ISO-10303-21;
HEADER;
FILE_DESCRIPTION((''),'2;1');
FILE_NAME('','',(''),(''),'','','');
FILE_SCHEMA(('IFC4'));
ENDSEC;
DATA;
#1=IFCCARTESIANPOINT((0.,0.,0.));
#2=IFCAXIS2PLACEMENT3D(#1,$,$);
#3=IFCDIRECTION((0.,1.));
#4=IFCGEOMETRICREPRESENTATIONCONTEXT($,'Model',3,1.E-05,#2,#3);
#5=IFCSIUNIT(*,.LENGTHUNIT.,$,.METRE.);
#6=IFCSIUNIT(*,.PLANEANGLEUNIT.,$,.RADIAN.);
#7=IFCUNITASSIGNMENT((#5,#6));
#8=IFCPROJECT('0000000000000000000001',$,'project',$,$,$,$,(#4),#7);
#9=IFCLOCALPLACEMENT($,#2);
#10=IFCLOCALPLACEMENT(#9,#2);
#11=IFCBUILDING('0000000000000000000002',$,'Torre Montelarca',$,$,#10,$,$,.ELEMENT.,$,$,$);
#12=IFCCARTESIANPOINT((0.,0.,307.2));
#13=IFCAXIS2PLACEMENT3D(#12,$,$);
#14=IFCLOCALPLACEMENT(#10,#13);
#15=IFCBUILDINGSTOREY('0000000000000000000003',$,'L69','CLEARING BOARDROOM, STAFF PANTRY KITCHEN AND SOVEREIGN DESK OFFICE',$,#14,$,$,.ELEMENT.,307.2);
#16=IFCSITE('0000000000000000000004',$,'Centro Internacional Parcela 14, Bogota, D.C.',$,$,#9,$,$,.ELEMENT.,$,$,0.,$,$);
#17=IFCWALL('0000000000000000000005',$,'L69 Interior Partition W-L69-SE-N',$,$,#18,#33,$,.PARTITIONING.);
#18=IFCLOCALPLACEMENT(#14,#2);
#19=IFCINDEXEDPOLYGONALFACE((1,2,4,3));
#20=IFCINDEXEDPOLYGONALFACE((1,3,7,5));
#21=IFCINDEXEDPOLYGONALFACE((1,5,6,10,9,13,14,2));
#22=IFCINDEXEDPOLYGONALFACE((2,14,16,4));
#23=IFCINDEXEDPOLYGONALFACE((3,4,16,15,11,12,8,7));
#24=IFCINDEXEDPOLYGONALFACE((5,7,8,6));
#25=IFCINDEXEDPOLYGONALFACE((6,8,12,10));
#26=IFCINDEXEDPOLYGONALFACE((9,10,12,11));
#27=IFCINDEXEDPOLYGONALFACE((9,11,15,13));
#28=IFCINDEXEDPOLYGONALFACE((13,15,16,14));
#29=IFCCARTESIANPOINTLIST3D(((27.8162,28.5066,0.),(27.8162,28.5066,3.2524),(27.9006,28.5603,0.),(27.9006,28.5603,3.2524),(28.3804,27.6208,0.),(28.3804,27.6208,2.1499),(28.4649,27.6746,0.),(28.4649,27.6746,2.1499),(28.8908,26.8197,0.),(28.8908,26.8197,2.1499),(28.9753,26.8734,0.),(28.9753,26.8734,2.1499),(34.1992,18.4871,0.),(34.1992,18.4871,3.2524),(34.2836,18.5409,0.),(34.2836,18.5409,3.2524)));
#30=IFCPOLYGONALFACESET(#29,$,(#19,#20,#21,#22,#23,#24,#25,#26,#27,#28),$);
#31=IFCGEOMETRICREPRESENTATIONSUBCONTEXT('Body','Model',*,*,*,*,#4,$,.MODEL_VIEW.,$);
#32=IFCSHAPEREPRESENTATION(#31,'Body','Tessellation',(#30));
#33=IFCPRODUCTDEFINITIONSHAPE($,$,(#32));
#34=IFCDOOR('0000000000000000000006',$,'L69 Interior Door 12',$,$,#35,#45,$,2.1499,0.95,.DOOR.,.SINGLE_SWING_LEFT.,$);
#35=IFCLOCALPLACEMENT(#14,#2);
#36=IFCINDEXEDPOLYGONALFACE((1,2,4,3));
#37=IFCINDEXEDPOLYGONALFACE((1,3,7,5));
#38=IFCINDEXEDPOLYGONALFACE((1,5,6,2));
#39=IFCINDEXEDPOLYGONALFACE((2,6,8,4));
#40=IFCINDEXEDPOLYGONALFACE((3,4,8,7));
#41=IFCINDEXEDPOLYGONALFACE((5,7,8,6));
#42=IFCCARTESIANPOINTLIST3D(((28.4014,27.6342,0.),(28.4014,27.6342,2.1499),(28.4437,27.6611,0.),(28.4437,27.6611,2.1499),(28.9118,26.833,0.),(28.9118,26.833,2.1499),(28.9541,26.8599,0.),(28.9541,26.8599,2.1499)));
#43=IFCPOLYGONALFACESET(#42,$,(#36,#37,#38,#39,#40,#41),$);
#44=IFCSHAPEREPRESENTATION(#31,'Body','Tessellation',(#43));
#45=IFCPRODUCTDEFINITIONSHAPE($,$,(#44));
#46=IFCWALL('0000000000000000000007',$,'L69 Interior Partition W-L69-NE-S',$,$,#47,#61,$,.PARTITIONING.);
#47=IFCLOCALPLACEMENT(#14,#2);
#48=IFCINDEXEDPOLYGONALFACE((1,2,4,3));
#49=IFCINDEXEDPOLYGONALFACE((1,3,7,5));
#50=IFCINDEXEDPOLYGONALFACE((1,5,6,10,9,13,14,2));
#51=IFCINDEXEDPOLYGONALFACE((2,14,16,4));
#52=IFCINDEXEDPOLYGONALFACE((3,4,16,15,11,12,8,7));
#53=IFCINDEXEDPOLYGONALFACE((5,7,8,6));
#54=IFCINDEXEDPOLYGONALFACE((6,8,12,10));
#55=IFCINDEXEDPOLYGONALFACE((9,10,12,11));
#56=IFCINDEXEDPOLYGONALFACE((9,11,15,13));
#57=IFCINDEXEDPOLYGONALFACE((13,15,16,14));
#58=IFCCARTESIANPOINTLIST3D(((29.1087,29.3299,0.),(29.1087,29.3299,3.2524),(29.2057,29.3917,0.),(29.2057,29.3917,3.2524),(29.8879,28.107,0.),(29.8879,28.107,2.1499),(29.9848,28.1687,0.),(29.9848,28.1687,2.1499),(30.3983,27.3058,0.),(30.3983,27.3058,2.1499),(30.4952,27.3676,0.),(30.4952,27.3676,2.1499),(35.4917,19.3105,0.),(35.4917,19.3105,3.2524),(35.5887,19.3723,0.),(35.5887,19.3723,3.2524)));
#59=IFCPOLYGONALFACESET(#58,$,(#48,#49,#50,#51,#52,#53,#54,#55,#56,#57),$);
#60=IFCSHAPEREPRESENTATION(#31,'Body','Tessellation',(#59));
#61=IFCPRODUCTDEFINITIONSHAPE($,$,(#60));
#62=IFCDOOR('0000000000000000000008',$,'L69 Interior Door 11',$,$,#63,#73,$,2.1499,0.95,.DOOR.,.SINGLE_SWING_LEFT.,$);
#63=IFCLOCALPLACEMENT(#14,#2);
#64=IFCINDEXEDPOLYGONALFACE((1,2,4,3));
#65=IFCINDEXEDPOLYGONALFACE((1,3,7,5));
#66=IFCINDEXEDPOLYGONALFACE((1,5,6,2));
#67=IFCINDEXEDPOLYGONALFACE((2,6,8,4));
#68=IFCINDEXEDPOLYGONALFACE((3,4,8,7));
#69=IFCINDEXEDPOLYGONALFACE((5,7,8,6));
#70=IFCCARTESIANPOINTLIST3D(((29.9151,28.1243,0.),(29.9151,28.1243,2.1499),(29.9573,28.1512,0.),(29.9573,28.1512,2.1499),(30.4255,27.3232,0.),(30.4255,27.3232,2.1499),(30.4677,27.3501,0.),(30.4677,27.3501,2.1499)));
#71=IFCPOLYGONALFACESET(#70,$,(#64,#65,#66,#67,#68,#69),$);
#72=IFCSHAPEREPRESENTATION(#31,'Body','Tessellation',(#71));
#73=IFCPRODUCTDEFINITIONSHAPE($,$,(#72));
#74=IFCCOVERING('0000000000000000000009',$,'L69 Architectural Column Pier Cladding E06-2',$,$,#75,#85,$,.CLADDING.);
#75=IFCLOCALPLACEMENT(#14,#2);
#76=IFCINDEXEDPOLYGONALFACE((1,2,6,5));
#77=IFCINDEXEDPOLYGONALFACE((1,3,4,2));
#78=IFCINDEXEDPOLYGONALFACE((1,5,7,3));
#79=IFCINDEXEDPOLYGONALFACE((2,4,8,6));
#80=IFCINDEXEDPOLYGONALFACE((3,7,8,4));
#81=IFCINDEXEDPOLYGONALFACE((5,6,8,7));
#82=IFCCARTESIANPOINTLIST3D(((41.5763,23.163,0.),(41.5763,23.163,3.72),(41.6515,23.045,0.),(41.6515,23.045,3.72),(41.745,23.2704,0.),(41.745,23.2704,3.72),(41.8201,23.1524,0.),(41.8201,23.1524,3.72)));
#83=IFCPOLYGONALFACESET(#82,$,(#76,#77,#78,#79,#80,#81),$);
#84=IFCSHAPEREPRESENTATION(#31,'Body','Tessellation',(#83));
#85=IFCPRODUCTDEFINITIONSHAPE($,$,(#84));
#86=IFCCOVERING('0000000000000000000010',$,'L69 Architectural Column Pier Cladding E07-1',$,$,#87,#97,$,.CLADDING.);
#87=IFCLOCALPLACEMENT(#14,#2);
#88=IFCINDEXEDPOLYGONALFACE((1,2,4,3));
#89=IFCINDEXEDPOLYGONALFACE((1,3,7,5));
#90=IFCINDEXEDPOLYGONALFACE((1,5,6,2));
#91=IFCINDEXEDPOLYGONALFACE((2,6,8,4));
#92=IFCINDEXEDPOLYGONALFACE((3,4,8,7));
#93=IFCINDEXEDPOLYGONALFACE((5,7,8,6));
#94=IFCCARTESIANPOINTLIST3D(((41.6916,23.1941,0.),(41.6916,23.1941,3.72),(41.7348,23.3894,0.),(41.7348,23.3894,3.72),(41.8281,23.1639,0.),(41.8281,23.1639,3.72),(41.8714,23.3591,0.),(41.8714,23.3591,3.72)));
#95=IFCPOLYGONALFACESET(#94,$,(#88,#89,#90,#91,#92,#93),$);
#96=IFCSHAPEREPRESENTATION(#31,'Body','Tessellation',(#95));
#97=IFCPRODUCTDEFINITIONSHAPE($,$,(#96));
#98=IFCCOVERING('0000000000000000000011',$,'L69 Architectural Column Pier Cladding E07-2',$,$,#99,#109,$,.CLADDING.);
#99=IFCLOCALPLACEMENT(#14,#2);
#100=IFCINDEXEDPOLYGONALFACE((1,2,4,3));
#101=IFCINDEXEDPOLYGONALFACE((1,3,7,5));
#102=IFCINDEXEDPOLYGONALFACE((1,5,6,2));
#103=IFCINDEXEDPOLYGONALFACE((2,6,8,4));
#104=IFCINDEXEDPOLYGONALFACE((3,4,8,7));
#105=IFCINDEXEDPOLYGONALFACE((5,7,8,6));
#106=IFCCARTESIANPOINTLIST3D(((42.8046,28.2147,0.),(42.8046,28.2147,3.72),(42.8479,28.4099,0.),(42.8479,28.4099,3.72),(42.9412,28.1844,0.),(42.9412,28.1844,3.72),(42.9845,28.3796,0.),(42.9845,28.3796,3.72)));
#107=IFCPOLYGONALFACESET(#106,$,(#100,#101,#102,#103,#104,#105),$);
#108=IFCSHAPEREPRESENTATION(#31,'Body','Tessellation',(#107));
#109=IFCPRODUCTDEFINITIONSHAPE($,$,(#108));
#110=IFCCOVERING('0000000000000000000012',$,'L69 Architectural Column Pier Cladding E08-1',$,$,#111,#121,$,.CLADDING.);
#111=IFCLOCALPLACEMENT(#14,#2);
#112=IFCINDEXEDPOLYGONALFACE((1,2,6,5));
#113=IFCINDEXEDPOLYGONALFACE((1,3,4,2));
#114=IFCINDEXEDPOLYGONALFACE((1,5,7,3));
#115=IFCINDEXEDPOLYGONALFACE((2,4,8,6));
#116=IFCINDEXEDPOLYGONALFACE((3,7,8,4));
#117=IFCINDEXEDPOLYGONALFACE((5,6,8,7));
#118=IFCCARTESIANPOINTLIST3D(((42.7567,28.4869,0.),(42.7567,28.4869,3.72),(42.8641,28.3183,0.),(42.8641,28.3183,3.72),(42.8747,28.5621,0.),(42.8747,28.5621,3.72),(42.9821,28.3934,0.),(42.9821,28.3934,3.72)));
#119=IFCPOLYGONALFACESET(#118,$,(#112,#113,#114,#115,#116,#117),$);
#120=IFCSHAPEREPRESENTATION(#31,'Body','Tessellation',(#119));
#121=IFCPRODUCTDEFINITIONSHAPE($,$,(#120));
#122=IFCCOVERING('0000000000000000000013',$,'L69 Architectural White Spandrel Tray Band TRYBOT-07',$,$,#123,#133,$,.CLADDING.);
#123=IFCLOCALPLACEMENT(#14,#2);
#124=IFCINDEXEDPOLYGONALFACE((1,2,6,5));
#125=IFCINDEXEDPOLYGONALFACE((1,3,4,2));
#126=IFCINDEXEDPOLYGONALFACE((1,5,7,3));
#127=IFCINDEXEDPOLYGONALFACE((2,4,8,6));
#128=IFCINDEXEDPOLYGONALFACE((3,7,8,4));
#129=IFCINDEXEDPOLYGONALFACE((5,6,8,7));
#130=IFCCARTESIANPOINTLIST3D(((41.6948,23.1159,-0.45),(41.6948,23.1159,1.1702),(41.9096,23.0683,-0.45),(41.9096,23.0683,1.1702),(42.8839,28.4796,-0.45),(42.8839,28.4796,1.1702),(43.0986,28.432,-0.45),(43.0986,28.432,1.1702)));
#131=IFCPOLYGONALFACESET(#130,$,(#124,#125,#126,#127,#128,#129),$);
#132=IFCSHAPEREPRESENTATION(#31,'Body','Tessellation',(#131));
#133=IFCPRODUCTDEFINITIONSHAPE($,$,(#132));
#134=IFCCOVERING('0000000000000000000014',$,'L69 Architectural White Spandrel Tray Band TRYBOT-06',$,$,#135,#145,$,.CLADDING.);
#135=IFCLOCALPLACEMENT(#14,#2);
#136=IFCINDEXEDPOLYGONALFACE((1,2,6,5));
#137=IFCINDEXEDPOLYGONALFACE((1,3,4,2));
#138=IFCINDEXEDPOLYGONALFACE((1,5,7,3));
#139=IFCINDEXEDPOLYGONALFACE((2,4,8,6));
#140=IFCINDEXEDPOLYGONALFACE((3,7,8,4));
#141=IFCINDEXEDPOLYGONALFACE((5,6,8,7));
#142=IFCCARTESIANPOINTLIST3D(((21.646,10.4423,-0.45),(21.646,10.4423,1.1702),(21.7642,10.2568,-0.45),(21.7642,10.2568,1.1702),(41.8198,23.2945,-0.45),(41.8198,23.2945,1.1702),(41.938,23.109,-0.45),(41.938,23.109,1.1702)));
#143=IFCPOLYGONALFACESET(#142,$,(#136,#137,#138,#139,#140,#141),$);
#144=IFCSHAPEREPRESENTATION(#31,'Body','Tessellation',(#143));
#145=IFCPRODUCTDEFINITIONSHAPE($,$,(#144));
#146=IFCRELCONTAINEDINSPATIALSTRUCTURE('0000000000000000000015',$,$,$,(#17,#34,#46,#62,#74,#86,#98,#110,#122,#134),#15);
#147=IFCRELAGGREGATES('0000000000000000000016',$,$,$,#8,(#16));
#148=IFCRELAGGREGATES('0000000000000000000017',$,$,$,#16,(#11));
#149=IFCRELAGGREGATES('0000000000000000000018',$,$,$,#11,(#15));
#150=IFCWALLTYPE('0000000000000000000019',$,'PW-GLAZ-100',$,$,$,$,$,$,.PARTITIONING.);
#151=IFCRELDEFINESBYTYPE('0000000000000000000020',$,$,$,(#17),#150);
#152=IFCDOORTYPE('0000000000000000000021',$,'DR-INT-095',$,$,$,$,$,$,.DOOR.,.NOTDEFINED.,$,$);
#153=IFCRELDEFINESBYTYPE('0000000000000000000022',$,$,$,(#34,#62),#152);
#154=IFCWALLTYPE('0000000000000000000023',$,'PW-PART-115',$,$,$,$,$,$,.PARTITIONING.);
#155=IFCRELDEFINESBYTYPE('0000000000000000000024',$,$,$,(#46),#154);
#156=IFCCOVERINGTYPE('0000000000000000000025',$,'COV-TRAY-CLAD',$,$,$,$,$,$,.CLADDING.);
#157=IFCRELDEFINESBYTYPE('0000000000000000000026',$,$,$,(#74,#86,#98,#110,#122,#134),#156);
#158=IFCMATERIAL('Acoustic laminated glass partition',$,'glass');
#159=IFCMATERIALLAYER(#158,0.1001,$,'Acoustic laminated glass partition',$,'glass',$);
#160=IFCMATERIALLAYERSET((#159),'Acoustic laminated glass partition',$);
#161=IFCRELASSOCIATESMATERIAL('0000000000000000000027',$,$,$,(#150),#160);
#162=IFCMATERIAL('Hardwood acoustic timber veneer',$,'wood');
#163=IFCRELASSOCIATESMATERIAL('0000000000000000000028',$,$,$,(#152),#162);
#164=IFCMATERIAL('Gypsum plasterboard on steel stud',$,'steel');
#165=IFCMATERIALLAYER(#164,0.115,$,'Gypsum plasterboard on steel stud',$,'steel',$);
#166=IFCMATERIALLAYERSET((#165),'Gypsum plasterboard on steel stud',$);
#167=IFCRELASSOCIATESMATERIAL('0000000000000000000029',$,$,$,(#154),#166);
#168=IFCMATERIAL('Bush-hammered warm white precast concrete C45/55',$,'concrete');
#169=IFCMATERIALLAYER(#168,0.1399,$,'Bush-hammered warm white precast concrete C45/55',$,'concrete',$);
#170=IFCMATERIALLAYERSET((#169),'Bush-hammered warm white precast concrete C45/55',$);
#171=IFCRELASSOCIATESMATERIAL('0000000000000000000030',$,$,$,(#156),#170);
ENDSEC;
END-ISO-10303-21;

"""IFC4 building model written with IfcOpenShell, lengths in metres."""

from ifc_helpers import new_model, si_unit, direction, frame, frame_2d, origin, origin_2d, place, context, subcontext, project, spatial, rectangle, extrude, source, transform, mapped, material, layer, layer_set, type_object, element, fill, save


model = new_model("IFC4")

# Units and contexts
model_context = context("Model", 3, precision=1e-05, world=origin(), true_north=direction((0.0, 1.0)))
body_context = subcontext(model_context, "Body", "Model", "MODEL_VIEW")
ifc_project = project(units=[si_unit("LENGTHUNIT", "METRE"), si_unit("PLANEANGLEUNIT", "RADIAN")], contexts=[model_context])

# Site, building, storey
site_placement = place(None, origin())
site = spatial("IfcSite", under=ifc_project, at=site_placement, Name="Centro Internacional Parcela 14, Bogota, D.C.", CompositionType="ELEMENT", RefElevation=0.0)
building_placement = place(site_placement, origin())
building = spatial("IfcBuilding", under=site, at=building_placement, Name="Torre Montelarca", CompositionType="ELEMENT")
storey_placement = place(building_placement, frame((0.0, 0.0, 307.2)))
storey = spatial("IfcBuildingStorey", under=building, at=storey_placement, Name="L69", Description="CLEARING BOARDROOM, STAFF PANTRY KITCHEN AND SOVEREIGN DESK OFFICE", CompositionType="ELEMENT", Elevation=307.2)

# Shared definitions
ifc_material_1 = material(Name="Gypsum plasterboard on steel stud", Category="steel")

# Walls, openings, doors
ifc_material_2 = material(Name="Acoustic laminated glass partition", Category="glass")
ifc_layer_1 = layer(ifc_material_2, 0.1001, Name="Acoustic laminated glass partition", Category="glass")
ifc_layer_set_1 = layer_set([ifc_layer_1], Name="Acoustic laminated glass partition")
wall_type_1 = type_object("IfcWallType", Name="PW-GLAZ-100", PredefinedType="PARTITIONING", material=ifc_layer_set_1)
wall_1_placement = place(storey_placement, frame((27.8584, 28.5334, 0.0), z_axis=(0.0, 0.0, 1.0), x_axis=(0.537294, -0.843395, 0.0)))
wall_1 = element("IfcWall", 1, at=wall_1_placement, inside=storey, type_object=wall_type_1, Name="L69 Interior Partition W-L69-SE-N", PredefinedType="PARTITIONING", context=body_context, shape_type="SweptSolid", body=[
    extrude(rectangle(XDim=11.8799, YDim=0.1001, at=frame_2d((5.9399, 0.0))), origin(), (0.0, 0.0, 1.0), 3.2524),
])
opening_1_placement = place(wall_1_placement, frame((1.05, 0.0, 0.0)))
opening_1 = element("IfcOpeningElement", 2, at=opening_1_placement, cuts=wall_1, PredefinedType="OPENING", context=body_context, shape_type="SweptSolid", body=[
    extrude(rectangle(XDim=0.95, YDim=2.1499, at=frame_2d((0.4751, 1.075))), frame((0.0, 0.0601, 0.0), z_axis=(0.0, -1.0, 0.0), x_axis=(1.0, 0.0, 0.0)), (0.0, 0.0, 1.0), 0.1201),
])
ifc_material_3 = material(Name="Hardwood acoustic timber veneer", Category="wood")
door_type = type_object("IfcDoorType", Name="DR-INT-095", OperationType="NOTDEFINED", PredefinedType="DOOR", material=ifc_material_3)
shared_shape_1 = source(origin(), body_context, "Body", "SweptSolid", [
    extrude(rectangle(XDim=0.95, YDim=2.1499, at=frame_2d((0.4751, 1.075))), frame((0.0, 0.0249, 0.0), z_axis=(0.0, -1.0, 0.0), x_axis=(1.0, 0.0, 0.0)), (0.0, 0.0, 1.0), 0.05),
])
door_1_placement = place(opening_1_placement, origin())
door_1 = element("IfcDoor", 3, at=door_1_placement, inside=storey, type_object=door_type, Name="L69 Interior Door 12", OperationType="SINGLE_SWING_LEFT", OverallHeight=2.1499, OverallWidth=0.95, PredefinedType="DOOR", context=body_context, shape_type="MappedRepresentation", body=[
    mapped(shared_shape_1, transform((0.0, 0.0, 0.0), scale=1.0)),
])
fill(opening_1, door_1)
ifc_layer_2 = layer(ifc_material_1, 0.115, Name="Gypsum plasterboard on steel stud", Category="steel")
ifc_layer_set_2 = layer_set([ifc_layer_2], Name="Gypsum plasterboard on steel stud")
wall_type_2 = type_object("IfcWallType", Name="PW-PART-115", PredefinedType="PARTITIONING", material=ifc_layer_set_2)
wall_2_placement = place(storey_placement, frame((29.1572, 29.3608, 0.0), z_axis=(0.0, 0.0, 1.0), x_axis=(0.537294, -0.843395, 0.0)))
wall_2 = element("IfcWall", 4, at=wall_2_placement, inside=storey, type_object=wall_type_2, Name="L69 Interior Partition W-L69-NE-S", PredefinedType="PARTITIONING", context=body_context, shape_type="SweptSolid", body=[
    extrude(rectangle(XDim=11.8799, YDim=0.115, at=frame_2d((5.9399, 0.0))), origin(), (0.0, 0.0, 1.0), 3.2524),
])
opening_2_placement = place(wall_2_placement, frame((1.45, 0.0, 0.0)))
opening_2 = element("IfcOpeningElement", 5, at=opening_2_placement, cuts=wall_2, PredefinedType="OPENING", context=body_context, shape_type="SweptSolid", body=[
    extrude(rectangle(XDim=0.95, YDim=2.1499, at=frame_2d((0.4751, 1.075))), frame((0.0, 0.0674, 0.0), z_axis=(0.0, -1.0, 0.0), x_axis=(1.0, 0.0, 0.0)), (0.0, 0.0, 1.0), 0.135),
])
door_2_placement = place(opening_2_placement, origin())
door_2 = element("IfcDoor", 6, at=door_2_placement, inside=storey, type_object=door_type, Name="L69 Interior Door 11", OperationType="SINGLE_SWING_LEFT", OverallHeight=2.1499, OverallWidth=0.95, PredefinedType="DOOR", context=body_context, shape_type="MappedRepresentation", body=[
    mapped(shared_shape_1, transform((0.0, 0.0, 0.0), scale=1.0)),
])
fill(opening_2, door_2)

# Coverings
ifc_material_4 = material(Name="Bush-hammered warm white precast concrete C45/55", Category="concrete")
ifc_layer_3 = layer(ifc_material_4, 0.1399, Name="Bush-hammered warm white precast concrete C45/55", Category="concrete")
ifc_layer_set_3 = layer_set([ifc_layer_3], Name="Bush-hammered warm white precast concrete C45/55")
covering_type = type_object("IfcCoveringType", Name="COV-TRAY-CLAD", PredefinedType="CLADDING", material=ifc_layer_set_3)
shared_shape_2 = source(origin(), body_context, "Body", "SweptSolid", [
    extrude(rectangle(XDim=0.2, YDim=0.1399, at=origin_2d()), origin(), (0.0, 0.0, 1.0), 3.72),
])
for number, where, z_axis, x_axis, name in (
    (7, (41.6982, 23.1577, 0.0), (0.0, 0.0, 1.0), (0.843391, 0.537301, 0.0), "L69 Architectural Column Pier Cladding E06-2"),
    (8, (41.7815, 23.2766, 0.0), (0.0, 0.0, 1.0), (0.216429, 0.976298, 0.0), "L69 Architectural Column Pier Cladding E07-1"),
    (9, (42.8945, 28.2971, 0.0), (0.0, 0.0, 1.0), (0.216429, 0.976298, 0.0), "L69 Architectural Column Pier Cladding E07-2"),
    (10, (42.8694, 28.4402, 0.0), (0.0, 0.0, 1.0), (-0.5373, 0.843391, 0.0), "L69 Architectural Column Pier Cladding E08-1"),
):
    element("IfcCovering", number, at=place(storey_placement, frame(where, z_axis=z_axis, x_axis=x_axis)), inside=storey, type_object=covering_type, Name=name, PredefinedType="CLADDING", context=body_context, shape_type="MappedRepresentation", body=[
        mapped(shared_shape_2, transform((0.0, 0.0, 0.0), scale=1.0)),
    ])
shared_shape_3 = source(origin(), body_context, "Body", "SweptSolid", [
    extrude(rectangle(XDim=5.4939, YDim=0.22, at=origin_2d()), origin(), (0.0, 0.0, 1.0), 1.6201),
])
covering_1_placement = place(storey_placement, frame((42.3967, 25.7739, -0.45), z_axis=(0.0, 0.0, 1.0), x_axis=(0.216433, 0.976298, 0.0)))
element("IfcCovering", 11, at=covering_1_placement, inside=storey, type_object=covering_type, Name="L69 Architectural White Spandrel Tray Band TRYBOT-07", PredefinedType="CLADDING", context=body_context, shape_type="MappedRepresentation", body=[
    mapped(shared_shape_3, transform((0.0, 0.0, 0.0), scale=1.0)),
])
shared_shape_4 = source(origin(), body_context, "Body", "SweptSolid", [
    extrude(rectangle(XDim=23.9199, YDim=0.22, at=origin_2d()), origin(), (0.0, 0.0, 1.0), 1.6201),
])
covering_2_placement = place(storey_placement, frame((31.792, 16.7756, -0.45), z_axis=(0.0, 0.0, 1.0), x_axis=(0.843391, 0.5373, 0.0)))
element("IfcCovering", 12, at=covering_2_placement, inside=storey, type_object=covering_type, Name="L69 Architectural White Spandrel Tray Band TRYBOT-06", PredefinedType="CLADDING", context=body_context, shape_type="MappedRepresentation", body=[
    mapped(shared_shape_4, transform((0.0, 0.0, 0.0), scale=1.0)),
])

save(model, "model.ifc")
